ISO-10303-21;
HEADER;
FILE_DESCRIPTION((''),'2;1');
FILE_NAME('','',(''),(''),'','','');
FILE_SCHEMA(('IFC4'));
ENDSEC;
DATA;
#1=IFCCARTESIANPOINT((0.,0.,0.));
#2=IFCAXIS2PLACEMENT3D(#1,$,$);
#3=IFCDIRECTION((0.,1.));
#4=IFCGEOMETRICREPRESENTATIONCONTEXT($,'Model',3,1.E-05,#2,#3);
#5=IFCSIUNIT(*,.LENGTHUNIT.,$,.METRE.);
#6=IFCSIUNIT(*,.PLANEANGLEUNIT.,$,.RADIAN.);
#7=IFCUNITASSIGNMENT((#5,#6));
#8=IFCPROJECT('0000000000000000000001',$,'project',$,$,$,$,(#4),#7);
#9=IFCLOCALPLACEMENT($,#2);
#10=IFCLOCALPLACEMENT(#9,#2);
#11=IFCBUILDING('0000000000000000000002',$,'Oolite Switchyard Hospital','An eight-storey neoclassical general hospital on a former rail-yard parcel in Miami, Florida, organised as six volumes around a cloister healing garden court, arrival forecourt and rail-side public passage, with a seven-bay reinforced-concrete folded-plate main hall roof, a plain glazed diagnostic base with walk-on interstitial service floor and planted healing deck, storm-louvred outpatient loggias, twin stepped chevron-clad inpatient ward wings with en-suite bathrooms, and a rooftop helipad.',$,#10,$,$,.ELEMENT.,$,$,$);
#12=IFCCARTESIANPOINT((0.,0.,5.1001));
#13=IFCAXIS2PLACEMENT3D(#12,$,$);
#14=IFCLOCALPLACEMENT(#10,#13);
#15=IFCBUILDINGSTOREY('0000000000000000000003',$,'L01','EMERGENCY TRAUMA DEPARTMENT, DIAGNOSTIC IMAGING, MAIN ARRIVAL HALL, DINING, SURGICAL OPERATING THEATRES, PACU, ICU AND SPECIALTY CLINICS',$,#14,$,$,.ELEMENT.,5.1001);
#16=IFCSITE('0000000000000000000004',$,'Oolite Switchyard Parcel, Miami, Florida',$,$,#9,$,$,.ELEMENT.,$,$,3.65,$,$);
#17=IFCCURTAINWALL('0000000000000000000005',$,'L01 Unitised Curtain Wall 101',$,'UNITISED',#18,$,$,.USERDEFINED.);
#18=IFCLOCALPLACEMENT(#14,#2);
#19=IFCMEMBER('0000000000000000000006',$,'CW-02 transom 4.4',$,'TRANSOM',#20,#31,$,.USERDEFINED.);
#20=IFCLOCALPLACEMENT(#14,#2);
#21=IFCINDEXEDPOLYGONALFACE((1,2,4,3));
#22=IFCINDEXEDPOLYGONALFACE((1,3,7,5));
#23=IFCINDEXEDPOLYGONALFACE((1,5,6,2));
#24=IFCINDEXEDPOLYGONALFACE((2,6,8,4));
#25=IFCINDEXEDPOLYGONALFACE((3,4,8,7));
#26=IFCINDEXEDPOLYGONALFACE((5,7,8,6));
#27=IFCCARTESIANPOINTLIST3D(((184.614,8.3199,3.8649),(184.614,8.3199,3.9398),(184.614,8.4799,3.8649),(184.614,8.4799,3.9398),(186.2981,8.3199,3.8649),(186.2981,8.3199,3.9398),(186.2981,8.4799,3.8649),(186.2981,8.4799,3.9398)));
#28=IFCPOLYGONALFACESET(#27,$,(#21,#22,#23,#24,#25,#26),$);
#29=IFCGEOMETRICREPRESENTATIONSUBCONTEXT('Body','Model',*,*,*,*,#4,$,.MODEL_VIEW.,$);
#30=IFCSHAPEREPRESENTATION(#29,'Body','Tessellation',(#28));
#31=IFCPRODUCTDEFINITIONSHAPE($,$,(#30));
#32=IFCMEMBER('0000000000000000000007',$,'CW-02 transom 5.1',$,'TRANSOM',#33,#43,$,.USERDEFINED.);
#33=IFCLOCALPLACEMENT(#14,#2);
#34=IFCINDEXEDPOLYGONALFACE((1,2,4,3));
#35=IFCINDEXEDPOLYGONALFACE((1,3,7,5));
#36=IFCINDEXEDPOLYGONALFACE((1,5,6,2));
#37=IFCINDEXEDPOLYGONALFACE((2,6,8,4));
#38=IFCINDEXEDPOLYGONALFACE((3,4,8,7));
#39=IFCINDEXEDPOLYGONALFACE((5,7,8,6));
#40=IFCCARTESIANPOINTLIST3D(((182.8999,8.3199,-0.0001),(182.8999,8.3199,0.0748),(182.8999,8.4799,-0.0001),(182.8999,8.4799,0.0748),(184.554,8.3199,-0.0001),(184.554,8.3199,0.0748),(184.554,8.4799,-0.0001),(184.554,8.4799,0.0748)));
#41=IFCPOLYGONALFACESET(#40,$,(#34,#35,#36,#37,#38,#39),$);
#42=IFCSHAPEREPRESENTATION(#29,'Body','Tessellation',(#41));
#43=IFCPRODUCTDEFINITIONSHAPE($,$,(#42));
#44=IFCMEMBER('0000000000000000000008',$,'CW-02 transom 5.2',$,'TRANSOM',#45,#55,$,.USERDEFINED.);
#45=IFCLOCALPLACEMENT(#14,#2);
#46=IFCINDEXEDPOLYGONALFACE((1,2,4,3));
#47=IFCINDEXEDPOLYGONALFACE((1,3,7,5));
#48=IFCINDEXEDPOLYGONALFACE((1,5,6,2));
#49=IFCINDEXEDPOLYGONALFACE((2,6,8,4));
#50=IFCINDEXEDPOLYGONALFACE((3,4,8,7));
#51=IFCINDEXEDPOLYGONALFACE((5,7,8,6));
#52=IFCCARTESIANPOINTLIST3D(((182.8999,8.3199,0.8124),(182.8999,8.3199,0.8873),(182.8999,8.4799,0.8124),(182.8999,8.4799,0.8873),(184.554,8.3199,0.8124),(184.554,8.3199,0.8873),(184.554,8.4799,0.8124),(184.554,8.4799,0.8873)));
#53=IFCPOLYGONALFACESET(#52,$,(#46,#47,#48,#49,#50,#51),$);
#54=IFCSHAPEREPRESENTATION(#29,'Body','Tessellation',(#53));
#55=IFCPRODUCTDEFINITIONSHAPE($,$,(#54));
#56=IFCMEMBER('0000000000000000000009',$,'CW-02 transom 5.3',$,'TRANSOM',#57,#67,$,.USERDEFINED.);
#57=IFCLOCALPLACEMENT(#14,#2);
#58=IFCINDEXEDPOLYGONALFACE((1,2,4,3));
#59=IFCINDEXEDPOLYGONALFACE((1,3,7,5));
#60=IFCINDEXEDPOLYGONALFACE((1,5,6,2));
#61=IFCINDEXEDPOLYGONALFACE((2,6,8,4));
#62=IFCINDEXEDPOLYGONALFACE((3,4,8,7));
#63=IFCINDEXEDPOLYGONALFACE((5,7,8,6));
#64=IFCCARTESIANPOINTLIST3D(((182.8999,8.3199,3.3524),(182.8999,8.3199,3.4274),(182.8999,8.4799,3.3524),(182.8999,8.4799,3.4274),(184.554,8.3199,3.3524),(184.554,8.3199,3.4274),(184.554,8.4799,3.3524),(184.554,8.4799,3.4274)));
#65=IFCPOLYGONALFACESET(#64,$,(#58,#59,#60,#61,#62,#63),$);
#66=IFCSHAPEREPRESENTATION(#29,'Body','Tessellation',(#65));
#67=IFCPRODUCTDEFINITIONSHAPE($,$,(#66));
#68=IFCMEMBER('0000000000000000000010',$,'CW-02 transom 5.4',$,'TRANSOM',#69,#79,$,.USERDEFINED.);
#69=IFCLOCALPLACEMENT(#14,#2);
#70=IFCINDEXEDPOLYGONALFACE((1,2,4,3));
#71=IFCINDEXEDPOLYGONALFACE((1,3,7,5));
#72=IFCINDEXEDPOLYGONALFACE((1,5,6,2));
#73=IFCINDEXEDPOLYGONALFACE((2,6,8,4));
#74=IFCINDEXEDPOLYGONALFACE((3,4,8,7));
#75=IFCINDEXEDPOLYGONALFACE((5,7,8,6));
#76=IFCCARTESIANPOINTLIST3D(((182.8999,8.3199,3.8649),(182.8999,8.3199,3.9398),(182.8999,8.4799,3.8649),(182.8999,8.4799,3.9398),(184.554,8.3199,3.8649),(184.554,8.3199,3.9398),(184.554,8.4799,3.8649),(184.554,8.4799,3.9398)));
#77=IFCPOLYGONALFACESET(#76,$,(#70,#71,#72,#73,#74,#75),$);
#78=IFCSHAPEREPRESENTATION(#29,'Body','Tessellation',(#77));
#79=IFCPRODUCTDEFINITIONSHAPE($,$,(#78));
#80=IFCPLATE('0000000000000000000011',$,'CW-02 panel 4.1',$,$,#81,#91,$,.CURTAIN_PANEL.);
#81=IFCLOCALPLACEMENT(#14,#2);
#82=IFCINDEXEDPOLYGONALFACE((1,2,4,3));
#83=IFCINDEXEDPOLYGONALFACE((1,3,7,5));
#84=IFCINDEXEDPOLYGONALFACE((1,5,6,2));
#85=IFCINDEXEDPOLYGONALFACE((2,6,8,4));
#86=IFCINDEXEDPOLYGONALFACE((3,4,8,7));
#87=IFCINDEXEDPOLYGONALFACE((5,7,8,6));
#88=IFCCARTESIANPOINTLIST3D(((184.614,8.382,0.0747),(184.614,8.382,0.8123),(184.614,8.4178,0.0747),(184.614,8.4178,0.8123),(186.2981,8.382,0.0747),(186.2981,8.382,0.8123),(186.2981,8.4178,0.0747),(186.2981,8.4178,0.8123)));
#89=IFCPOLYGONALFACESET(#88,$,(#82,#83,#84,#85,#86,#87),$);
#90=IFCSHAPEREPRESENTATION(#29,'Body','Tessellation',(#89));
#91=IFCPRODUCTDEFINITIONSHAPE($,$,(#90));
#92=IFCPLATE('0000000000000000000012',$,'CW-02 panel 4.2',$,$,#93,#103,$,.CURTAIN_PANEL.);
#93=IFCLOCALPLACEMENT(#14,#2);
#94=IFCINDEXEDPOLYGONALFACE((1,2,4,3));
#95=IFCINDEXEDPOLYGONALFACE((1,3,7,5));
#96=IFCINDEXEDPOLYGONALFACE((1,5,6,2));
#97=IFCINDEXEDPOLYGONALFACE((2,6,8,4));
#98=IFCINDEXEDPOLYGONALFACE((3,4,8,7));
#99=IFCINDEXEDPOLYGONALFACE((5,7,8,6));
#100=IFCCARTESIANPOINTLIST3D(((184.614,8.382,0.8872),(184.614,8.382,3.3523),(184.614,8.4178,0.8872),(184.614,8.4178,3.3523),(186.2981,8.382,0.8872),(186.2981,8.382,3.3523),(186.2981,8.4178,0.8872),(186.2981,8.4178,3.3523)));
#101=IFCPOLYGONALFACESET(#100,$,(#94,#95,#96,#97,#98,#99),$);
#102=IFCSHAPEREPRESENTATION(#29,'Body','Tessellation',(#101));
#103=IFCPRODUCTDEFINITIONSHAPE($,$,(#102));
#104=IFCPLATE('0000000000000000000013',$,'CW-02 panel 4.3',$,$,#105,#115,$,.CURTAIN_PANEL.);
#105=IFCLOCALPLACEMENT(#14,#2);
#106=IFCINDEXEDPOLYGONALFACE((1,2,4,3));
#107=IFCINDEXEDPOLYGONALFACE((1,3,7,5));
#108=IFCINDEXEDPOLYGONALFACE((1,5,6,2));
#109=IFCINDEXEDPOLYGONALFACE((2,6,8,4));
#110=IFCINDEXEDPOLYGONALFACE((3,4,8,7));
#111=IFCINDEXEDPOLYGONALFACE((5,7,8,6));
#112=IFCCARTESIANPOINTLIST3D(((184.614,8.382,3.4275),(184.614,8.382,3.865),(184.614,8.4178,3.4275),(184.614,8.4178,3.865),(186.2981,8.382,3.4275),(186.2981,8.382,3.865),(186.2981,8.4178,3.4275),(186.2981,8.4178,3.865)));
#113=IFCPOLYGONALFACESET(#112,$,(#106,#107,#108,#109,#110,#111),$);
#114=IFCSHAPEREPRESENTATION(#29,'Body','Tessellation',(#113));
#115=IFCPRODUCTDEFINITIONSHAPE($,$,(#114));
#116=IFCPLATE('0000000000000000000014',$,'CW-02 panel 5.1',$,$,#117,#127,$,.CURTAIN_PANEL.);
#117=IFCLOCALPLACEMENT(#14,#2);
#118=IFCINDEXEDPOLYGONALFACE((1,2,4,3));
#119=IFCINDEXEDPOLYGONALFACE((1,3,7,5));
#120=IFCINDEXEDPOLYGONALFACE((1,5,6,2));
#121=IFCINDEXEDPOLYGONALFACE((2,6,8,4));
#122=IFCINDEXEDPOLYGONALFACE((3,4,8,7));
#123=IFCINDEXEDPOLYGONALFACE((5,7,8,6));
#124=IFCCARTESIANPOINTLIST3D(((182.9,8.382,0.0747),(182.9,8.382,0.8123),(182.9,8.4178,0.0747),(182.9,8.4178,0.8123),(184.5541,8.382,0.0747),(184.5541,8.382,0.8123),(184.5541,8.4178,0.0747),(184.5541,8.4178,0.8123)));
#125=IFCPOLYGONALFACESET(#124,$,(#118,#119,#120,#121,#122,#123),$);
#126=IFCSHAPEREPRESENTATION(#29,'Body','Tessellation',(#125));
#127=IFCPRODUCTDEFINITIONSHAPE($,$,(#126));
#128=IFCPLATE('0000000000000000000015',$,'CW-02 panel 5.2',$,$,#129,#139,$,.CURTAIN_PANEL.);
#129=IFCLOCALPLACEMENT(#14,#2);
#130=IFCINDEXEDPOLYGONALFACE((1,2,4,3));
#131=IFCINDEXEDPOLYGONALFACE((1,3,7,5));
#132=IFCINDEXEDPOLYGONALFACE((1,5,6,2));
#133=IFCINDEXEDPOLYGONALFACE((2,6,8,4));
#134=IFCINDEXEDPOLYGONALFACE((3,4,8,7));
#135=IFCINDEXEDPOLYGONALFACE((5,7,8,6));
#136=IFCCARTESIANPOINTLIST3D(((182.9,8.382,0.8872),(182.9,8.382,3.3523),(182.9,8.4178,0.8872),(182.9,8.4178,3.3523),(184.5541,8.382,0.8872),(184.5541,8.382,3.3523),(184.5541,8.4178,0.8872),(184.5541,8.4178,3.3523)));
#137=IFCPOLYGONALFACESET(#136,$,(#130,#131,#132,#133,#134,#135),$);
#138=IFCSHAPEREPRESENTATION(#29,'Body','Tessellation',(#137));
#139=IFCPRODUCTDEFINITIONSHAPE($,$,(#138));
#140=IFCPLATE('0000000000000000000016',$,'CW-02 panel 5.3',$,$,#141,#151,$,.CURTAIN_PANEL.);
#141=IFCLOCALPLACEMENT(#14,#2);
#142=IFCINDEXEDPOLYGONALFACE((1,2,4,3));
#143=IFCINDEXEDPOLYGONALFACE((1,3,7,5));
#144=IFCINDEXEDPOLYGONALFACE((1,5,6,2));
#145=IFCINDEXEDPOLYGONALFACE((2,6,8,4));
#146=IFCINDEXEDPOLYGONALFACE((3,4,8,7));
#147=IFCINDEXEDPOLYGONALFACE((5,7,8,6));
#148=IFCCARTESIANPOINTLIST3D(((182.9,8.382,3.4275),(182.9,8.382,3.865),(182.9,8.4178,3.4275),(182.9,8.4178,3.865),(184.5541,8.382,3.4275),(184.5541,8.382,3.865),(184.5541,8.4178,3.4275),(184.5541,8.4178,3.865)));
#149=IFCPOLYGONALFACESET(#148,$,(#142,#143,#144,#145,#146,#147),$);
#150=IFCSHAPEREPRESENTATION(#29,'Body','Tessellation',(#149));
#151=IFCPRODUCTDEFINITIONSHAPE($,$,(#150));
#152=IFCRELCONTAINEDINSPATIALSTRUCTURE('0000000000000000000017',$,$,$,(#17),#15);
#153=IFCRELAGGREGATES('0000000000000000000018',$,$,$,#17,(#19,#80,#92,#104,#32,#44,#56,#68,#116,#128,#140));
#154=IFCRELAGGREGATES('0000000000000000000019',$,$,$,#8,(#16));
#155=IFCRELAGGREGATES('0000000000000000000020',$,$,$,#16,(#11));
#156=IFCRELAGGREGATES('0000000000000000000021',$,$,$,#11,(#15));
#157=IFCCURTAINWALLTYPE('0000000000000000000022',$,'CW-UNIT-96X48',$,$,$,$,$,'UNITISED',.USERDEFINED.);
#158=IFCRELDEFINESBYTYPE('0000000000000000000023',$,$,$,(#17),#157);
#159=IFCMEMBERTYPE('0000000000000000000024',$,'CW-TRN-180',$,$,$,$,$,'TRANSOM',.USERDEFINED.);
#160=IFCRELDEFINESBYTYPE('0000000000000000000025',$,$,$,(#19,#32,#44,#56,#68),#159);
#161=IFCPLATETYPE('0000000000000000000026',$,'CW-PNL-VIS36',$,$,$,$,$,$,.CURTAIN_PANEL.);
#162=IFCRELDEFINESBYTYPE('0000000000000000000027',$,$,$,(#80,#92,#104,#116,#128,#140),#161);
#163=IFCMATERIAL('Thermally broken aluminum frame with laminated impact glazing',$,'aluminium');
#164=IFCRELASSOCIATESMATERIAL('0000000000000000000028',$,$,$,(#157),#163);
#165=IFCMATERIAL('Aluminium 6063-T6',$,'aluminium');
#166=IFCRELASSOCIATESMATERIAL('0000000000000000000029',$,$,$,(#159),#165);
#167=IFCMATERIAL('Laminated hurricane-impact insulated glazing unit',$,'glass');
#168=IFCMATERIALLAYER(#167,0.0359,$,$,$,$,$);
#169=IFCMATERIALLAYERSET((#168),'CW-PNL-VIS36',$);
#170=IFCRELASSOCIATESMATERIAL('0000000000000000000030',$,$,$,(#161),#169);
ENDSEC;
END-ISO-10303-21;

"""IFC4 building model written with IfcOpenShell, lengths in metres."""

from ifc_helpers import new_model, si_unit, direction, frame, origin, origin_2d, place, context, subcontext, project, spatial, rectangle, extrude, material, layer, layer_set, material_profile, profile_set, type_object, element, aggregate, save


model = new_model("IFC4")

# Units and contexts
model_context = context("Model", 3, precision=1e-05, world=origin(), true_north=direction((0.0, 1.0)))
body_context = subcontext(model_context, "Body", "Model", "MODEL_VIEW")
ifc_project = project(units=[si_unit("LENGTHUNIT", "METRE"), si_unit("PLANEANGLEUNIT", "RADIAN")], contexts=[model_context])

# Site, building, storey
site_placement = place(None, origin())
site = spatial("IfcSite", under=ifc_project, at=site_placement, Name="Oolite Switchyard Parcel, Miami, Florida", CompositionType="ELEMENT", RefElevation=3.65)
building_placement = place(site_placement, origin())
building = spatial("IfcBuilding", under=site, at=building_placement, Name="Oolite Switchyard Hospital", Description="An eight-storey neoclassical general hospital on a former rail-yard parcel in Miami, Florida, organised as six volumes around a cloister healing garden court, arrival forecourt and rail-side public passage, with a seven-bay reinforced-concrete folded-plate main hall roof, a plain glazed diagnostic base with walk-on interstitial service floor and planted healing deck, storm-louvred outpatient loggias, twin stepped chevron-clad inpatient ward wings with en-suite bathrooms, and a rooftop helipad.", CompositionType="ELEMENT")
storey_placement = place(building_placement, frame((0.0, 0.0, 5.1001)))
storey = spatial("IfcBuildingStorey", under=building, at=storey_placement, Name="L01", Description="EMERGENCY TRAUMA DEPARTMENT, DIAGNOSTIC IMAGING, MAIN ARRIVAL HALL, DINING, SURGICAL OPERATING THEATRES, PACU, ICU AND SPECIALTY CLINICS", CompositionType="ELEMENT", Elevation=5.1001)

# Curtain wall
ifc_material_1 = material(Name="Thermally broken aluminum frame with laminated impact glazing", Category="aluminium")
curtain_wall_type_1 = type_object("IfcCurtainWallType", Name="CW-UNIT-96X48", ElementType="UNITISED", PredefinedType="USERDEFINED", material=ifc_material_1)
curtain_wall_1_placement = place(storey_placement, origin())
curtain_wall_1 = element("IfcCurtainWall", 1, at=curtain_wall_1_placement, inside=storey, type_object=curtain_wall_type_1, Name="L01 Unitised Curtain Wall 101", ObjectType="UNITISED", PredefinedType="USERDEFINED")
ifc_material_2 = material(Name="Aluminium 6063-T6", Category="aluminium")
ifc_material_profile_1 = material_profile(ifc_material_2, rectangle(XDim=0.1599, YDim=0.075, at=origin_2d()), Name="CWT75X160")
ifc_profile_set_1 = profile_set([ifc_material_profile_1], Name="Aluminium 6063-T6")
member_type_1 = type_object("IfcMemberType", Name="CW-TRN-180", ElementType="TRANSOM", PredefinedType="USERDEFINED", material=ifc_profile_set_1)

# Members
member_1_placement = place(storey_placement, frame((186.2981, 8.3999, 3.9023), z_axis=(-1.0, 0.0, 0.0), x_axis=(0.0, -1.0, 0.0)))
member_1 = element("IfcMember", 2, at=member_1_placement, type_object=member_type_1, Name="CW-02 transom 4.4", ObjectType="TRANSOM", PredefinedType="USERDEFINED", context=body_context, shape_type="SweptSolid", body=[
    extrude(rectangle(XDim=0.1599, YDim=0.075, at=origin_2d()), origin(), (0.0, 0.0, 1.0), 1.6841),
])
member_2_placement = place(storey_placement, frame((184.554, 8.3999, 0.0374), z_axis=(-1.0, 0.0, 0.0), x_axis=(0.0, -1.0, 0.0)))
member_2 = element("IfcMember", 3, at=member_2_placement, type_object=member_type_1, Name="CW-02 transom 5.1", ObjectType="TRANSOM", PredefinedType="USERDEFINED", context=body_context, shape_type="SweptSolid", body=[
    extrude(rectangle(XDim=0.1599, YDim=0.075, at=origin_2d()), origin(), (0.0, 0.0, 1.0), 1.6541),
])
member_3_placement = place(storey_placement, frame((184.554, 8.3999, 0.8499), z_axis=(-1.0, 0.0, 0.0), x_axis=(0.0, -1.0, 0.0)))
member_3 = element("IfcMember", 4, at=member_3_placement, type_object=member_type_1, Name="CW-02 transom 5.2", ObjectType="TRANSOM", PredefinedType="USERDEFINED", context=body_context, shape_type="SweptSolid", body=[
    extrude(rectangle(XDim=0.1599, YDim=0.075, at=origin_2d()), origin(), (0.0, 0.0, 1.0), 1.6541),
])
member_4_placement = place(storey_placement, frame((184.554, 8.3999, 3.3899), z_axis=(-1.0, 0.0, 0.0), x_axis=(0.0, -1.0, 0.0)))
member_4 = element("IfcMember", 5, at=member_4_placement, type_object=member_type_1, Name="CW-02 transom 5.3", ObjectType="TRANSOM", PredefinedType="USERDEFINED", context=body_context, shape_type="SweptSolid", body=[
    extrude(rectangle(XDim=0.1599, YDim=0.075, at=origin_2d()), origin(), (0.0, 0.0, 1.0), 1.6541),
])
member_5_placement = place(storey_placement, frame((184.554, 8.3999, 3.9023), z_axis=(-1.0, 0.0, 0.0), x_axis=(0.0, -1.0, 0.0)))
member_5 = element("IfcMember", 6, at=member_5_placement, type_object=member_type_1, Name="CW-02 transom 5.4", ObjectType="TRANSOM", PredefinedType="USERDEFINED", context=body_context, shape_type="SweptSolid", body=[
    extrude(rectangle(XDim=0.1599, YDim=0.075, at=origin_2d()), origin(), (0.0, 0.0, 1.0), 1.6541),
])

# Plates
ifc_material_3 = material(Name="Laminated hurricane-impact insulated glazing unit", Category="glass")
ifc_layer = layer(ifc_material_3, 0.0359)
ifc_layer_set = layer_set([ifc_layer], Name="CW-PNL-VIS36")
plate_type = type_object("IfcPlateType", Name="CW-PNL-VIS36", PredefinedType="CURTAIN_PANEL", material=ifc_layer_set)
plate_1_placement = place(storey_placement, frame((185.4561, 8.3999, 0.0747), z_axis=(0.0, 0.0, 1.0), x_axis=(-1.0, 0.0, 0.0)))
plate_1 = element("IfcPlate", 7, at=plate_1_placement, type_object=plate_type, Name="CW-02 panel 4.1", PredefinedType="CURTAIN_PANEL", context=body_context, shape_type="SweptSolid", body=[
    extrude(rectangle(XDim=1.6841, YDim=0.0359, at=origin_2d()), origin(), (0.0, 0.0, 1.0), 0.7375),
])
plate_2_placement = place(storey_placement, frame((185.4561, 8.3999, 0.8872), z_axis=(0.0, 0.0, 1.0), x_axis=(-1.0, 0.0, 0.0)))
plate_2 = element("IfcPlate", 8, at=plate_2_placement, type_object=plate_type, Name="CW-02 panel 4.2", PredefinedType="CURTAIN_PANEL", context=body_context, shape_type="SweptSolid", body=[
    extrude(rectangle(XDim=1.6841, YDim=0.0359, at=origin_2d()), origin(), (0.0, 0.0, 1.0), 2.4651),
])
plate_3_placement = place(storey_placement, frame((185.4561, 8.3999, 3.4275), z_axis=(0.0, 0.0, 1.0), x_axis=(-1.0, 0.0, 0.0)))
plate_3 = element("IfcPlate", 9, at=plate_3_placement, type_object=plate_type, Name="CW-02 panel 4.3", PredefinedType="CURTAIN_PANEL", context=body_context, shape_type="SweptSolid", body=[
    extrude(rectangle(XDim=1.6841, YDim=0.0359, at=origin_2d()), origin(), (0.0, 0.0, 1.0), 0.4375),
])
plate_4_placement = place(storey_placement, frame((183.7271, 8.3999, 0.0747), z_axis=(0.0, 0.0, 1.0), x_axis=(-1.0, 0.0, 0.0)))
plate_4 = element("IfcPlate", 10, at=plate_4_placement, type_object=plate_type, Name="CW-02 panel 5.1", PredefinedType="CURTAIN_PANEL", context=body_context, shape_type="SweptSolid", body=[
    extrude(rectangle(XDim=1.6541, YDim=0.0359, at=origin_2d()), origin(), (0.0, 0.0, 1.0), 0.7375),
])
plate_5_placement = place(storey_placement, frame((183.7271, 8.3999, 0.8872), z_axis=(0.0, 0.0, 1.0), x_axis=(-1.0, 0.0, 0.0)))
plate_5 = element("IfcPlate", 11, at=plate_5_placement, type_object=plate_type, Name="CW-02 panel 5.2", PredefinedType="CURTAIN_PANEL", context=body_context, shape_type="SweptSolid", body=[
    extrude(rectangle(XDim=1.6541, YDim=0.0359, at=origin_2d()), origin(), (0.0, 0.0, 1.0), 2.4651),
])
plate_6_placement = place(storey_placement, frame((183.7271, 8.3999, 3.4275), z_axis=(0.0, 0.0, 1.0), x_axis=(-1.0, 0.0, 0.0)))
plate_6 = element("IfcPlate", 12, at=plate_6_placement, type_object=plate_type, Name="CW-02 panel 5.3", PredefinedType="CURTAIN_PANEL", context=body_context, shape_type="SweptSolid", body=[
    extrude(rectangle(XDim=1.6541, YDim=0.0359, at=origin_2d()), origin(), (0.0, 0.0, 1.0), 0.4375),
])
aggregate(curtain_wall_1, [member_1, plate_1, plate_2, plate_3, member_2, member_3, member_4, member_5, plate_4, plate_5, plate_6])

save(model, "model.ifc")
